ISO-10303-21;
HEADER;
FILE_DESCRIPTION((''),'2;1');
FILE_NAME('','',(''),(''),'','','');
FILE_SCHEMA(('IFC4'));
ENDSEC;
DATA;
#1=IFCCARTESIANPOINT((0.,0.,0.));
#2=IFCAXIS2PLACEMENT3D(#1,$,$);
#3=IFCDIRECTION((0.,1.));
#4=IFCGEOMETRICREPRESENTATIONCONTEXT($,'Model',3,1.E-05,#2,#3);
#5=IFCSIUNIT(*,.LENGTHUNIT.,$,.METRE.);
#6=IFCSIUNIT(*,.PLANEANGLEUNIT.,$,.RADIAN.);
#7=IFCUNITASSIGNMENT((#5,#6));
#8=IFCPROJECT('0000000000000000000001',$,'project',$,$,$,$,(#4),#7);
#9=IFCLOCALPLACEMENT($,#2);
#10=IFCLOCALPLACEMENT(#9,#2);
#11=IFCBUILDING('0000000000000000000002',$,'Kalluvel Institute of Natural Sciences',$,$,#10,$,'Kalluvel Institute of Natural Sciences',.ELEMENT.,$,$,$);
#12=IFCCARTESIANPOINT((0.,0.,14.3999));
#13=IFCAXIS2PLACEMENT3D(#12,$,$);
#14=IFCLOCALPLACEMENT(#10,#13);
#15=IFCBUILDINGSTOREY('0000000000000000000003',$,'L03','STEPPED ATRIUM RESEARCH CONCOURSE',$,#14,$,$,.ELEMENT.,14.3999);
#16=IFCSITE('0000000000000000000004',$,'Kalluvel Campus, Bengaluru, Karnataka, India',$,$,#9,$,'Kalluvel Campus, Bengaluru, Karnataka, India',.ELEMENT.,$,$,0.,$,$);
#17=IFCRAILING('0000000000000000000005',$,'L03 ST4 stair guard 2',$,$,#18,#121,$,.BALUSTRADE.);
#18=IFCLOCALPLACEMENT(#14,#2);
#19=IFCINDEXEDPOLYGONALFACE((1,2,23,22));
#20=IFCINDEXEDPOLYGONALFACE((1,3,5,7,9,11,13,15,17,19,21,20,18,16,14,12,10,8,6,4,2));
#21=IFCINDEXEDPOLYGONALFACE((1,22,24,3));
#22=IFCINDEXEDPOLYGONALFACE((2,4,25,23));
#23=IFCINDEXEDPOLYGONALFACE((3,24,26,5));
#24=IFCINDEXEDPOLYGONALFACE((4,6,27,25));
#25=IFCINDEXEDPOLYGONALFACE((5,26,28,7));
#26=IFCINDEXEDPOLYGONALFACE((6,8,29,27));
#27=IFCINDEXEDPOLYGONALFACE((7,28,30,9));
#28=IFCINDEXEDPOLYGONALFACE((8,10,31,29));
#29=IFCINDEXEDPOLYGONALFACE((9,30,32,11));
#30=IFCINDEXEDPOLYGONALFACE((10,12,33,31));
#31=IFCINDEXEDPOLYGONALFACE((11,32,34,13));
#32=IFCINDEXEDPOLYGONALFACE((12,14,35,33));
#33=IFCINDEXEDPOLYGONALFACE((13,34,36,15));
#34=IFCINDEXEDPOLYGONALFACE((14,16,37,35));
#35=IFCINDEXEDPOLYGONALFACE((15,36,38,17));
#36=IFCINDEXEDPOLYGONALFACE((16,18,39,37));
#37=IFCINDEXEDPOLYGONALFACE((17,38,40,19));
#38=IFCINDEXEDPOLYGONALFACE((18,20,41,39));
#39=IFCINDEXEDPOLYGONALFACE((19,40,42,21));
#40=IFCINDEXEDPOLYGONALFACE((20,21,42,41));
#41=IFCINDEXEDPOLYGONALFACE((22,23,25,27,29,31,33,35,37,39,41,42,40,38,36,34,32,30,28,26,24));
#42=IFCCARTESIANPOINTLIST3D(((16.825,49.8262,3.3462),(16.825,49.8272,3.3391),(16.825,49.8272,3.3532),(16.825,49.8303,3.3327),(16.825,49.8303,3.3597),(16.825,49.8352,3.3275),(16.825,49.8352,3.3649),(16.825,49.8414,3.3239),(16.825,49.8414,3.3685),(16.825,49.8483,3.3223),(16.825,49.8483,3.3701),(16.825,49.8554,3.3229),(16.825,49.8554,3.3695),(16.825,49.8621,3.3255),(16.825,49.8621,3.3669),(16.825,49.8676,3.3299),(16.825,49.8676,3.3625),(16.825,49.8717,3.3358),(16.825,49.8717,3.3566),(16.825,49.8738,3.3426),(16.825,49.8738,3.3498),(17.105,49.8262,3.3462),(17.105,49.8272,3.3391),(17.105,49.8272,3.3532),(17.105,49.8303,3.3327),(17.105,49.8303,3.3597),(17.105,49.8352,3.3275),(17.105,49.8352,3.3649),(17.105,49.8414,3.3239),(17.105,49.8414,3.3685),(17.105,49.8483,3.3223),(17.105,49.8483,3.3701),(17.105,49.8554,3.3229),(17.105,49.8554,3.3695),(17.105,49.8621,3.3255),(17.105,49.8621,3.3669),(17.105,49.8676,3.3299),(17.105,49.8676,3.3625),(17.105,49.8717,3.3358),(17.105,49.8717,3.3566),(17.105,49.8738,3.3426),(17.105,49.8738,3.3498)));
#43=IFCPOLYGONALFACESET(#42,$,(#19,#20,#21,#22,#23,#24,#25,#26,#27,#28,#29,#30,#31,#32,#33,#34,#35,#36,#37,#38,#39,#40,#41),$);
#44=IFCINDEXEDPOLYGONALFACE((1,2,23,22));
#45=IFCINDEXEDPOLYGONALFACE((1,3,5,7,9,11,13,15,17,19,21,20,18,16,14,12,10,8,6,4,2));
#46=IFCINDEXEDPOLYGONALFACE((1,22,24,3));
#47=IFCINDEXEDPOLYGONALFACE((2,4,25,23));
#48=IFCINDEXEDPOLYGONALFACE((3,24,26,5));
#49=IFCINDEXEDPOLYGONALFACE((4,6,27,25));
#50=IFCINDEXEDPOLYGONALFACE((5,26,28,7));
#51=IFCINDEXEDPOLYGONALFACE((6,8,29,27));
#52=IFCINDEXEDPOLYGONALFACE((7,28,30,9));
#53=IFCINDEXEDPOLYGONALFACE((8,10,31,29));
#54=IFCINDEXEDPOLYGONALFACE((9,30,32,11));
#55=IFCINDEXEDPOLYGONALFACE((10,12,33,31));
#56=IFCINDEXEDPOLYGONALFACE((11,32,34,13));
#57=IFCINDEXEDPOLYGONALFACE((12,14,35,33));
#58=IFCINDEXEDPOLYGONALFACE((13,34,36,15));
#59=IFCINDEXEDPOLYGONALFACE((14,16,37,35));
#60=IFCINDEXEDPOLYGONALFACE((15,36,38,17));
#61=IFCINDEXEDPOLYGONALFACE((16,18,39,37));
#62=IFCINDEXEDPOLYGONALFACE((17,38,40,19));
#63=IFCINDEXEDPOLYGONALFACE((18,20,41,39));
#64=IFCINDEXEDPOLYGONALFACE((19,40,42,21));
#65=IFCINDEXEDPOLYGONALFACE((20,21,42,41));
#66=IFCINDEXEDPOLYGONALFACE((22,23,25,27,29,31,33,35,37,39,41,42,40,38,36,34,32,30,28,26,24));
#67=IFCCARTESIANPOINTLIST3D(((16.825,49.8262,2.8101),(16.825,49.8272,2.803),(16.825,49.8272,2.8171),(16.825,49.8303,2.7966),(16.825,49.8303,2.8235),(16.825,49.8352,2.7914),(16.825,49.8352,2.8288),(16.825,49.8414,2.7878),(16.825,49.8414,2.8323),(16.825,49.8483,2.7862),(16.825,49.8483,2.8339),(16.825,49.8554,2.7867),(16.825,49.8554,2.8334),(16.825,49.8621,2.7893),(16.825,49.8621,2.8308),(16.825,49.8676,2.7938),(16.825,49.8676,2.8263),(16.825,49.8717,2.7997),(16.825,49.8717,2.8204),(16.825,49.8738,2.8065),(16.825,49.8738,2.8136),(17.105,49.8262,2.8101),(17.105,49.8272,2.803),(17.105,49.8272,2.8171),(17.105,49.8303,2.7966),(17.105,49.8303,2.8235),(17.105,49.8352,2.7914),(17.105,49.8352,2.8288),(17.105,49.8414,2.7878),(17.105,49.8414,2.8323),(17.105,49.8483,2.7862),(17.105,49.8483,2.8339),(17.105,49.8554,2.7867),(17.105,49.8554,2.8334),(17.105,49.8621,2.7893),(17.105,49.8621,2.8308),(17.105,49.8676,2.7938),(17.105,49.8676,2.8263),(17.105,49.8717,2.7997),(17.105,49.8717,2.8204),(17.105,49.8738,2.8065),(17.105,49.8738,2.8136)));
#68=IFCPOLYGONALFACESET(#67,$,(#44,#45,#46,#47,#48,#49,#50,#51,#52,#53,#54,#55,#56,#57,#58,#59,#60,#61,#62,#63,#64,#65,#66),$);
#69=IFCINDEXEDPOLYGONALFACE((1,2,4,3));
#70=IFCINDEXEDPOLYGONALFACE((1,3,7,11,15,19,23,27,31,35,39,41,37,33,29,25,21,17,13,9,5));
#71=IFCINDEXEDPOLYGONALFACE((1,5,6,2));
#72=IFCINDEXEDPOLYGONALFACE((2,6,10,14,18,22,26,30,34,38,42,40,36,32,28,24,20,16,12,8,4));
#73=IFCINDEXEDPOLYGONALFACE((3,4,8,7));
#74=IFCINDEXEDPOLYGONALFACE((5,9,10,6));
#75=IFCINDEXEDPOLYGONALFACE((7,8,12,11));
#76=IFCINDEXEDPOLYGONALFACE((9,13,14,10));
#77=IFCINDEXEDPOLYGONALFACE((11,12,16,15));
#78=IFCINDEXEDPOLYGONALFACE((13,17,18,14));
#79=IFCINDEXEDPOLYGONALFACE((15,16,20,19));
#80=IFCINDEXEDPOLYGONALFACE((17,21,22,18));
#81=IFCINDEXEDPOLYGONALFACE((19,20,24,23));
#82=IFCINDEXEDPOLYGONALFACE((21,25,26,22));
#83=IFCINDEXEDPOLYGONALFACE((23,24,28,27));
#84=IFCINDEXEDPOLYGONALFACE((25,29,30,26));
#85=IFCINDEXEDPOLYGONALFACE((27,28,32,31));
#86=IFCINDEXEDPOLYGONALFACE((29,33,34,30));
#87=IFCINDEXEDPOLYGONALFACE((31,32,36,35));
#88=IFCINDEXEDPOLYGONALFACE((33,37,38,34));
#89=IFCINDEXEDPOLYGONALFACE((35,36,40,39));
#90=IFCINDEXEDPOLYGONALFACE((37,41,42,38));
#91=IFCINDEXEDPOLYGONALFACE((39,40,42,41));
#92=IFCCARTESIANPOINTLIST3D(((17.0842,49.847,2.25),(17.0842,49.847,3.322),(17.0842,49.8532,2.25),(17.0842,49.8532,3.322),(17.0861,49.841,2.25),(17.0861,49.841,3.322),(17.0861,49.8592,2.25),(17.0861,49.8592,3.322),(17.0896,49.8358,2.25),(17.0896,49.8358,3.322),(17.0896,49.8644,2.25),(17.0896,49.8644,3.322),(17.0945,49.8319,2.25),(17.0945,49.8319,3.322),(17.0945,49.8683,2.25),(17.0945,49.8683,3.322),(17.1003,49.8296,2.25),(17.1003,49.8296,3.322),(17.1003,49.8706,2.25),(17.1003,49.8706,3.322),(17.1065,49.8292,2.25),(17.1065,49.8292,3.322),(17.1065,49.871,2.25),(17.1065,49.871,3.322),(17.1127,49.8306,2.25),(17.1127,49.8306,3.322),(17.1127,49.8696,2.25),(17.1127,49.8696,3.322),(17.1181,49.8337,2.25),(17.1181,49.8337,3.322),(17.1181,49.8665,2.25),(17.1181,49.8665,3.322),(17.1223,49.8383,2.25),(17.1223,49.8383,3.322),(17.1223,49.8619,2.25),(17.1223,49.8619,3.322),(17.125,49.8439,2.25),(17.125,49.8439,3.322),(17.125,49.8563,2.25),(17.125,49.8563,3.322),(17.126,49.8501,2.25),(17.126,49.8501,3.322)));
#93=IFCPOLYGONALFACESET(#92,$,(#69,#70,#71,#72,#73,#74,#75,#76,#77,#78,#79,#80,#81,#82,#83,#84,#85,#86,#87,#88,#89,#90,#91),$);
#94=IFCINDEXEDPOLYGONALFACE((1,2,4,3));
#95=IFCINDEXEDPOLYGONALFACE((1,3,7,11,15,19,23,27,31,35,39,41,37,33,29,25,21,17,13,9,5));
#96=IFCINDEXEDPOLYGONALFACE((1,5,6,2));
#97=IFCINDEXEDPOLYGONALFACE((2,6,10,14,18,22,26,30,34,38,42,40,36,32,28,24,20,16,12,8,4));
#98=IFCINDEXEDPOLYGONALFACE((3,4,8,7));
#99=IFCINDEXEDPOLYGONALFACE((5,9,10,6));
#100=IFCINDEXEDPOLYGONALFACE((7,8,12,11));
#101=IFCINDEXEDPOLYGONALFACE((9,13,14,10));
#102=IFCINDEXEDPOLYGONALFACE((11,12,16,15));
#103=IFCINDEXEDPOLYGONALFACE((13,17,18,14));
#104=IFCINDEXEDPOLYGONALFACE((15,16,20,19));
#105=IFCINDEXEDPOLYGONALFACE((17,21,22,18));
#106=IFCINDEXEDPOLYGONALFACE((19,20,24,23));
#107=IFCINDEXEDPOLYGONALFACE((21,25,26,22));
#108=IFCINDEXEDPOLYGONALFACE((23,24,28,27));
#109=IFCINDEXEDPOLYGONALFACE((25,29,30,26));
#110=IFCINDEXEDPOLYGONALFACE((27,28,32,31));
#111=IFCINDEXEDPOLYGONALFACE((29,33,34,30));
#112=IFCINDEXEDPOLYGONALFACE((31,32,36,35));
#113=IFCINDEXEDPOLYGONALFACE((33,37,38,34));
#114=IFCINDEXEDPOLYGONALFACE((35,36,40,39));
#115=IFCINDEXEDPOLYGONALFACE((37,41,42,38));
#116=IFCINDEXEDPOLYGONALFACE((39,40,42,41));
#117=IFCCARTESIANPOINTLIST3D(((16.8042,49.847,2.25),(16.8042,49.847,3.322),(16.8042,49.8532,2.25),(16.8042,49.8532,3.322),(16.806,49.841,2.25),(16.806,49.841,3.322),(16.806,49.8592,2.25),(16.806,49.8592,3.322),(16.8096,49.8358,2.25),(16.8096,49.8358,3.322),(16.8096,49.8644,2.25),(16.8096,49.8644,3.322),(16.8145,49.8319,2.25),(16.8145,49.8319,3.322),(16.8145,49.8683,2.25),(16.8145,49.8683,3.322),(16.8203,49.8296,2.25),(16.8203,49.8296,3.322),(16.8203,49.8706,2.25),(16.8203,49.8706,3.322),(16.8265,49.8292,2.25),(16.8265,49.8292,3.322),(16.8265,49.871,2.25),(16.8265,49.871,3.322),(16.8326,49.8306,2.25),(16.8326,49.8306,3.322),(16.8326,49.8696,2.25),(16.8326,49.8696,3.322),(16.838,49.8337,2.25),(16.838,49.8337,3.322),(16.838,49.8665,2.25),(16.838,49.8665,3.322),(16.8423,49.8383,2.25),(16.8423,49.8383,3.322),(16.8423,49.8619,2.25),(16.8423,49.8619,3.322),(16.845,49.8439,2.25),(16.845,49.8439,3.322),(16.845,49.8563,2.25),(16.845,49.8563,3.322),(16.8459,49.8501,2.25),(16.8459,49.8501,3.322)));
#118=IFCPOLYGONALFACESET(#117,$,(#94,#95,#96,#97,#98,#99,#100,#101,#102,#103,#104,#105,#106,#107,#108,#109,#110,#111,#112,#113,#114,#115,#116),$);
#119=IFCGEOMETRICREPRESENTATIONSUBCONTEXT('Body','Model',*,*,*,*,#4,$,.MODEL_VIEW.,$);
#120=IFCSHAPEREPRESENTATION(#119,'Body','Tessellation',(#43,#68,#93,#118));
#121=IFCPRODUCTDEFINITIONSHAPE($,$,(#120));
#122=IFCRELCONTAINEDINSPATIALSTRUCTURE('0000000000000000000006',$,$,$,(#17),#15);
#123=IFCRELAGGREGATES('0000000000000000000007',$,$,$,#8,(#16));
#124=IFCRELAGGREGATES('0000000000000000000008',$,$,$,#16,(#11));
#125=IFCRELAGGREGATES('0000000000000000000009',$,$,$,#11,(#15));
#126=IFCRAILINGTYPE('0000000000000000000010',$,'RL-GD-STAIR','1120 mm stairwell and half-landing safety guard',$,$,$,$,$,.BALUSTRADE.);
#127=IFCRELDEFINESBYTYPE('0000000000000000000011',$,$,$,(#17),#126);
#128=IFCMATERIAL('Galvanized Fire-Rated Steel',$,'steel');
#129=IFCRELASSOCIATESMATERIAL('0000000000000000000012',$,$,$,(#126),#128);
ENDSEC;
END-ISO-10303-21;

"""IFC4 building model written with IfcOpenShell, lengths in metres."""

from ifc_helpers import new_model, si_unit, direction, frame, origin, origin_2d, place, context, subcontext, project, spatial, circle, extrude, material, type_object, element, save


model = new_model("IFC4")

# Units and contexts
model_context = context("Model", 3, precision=1e-05, world=origin(), true_north=direction((0.0, 1.0)))
body_context = subcontext(model_context, "Body", "Model", "MODEL_VIEW")
ifc_project = project(units=[si_unit("LENGTHUNIT", "METRE"), si_unit("PLANEANGLEUNIT", "RADIAN")], contexts=[model_context])

# Site, building, storey
site_placement = place(None, origin())
site = spatial("IfcSite", under=ifc_project, at=site_placement, Name="Kalluvel Campus, Bengaluru, Karnataka, India", LongName="Kalluvel Campus, Bengaluru, Karnataka, India", CompositionType="ELEMENT", RefElevation=0.0)
building_placement = place(site_placement, origin())
building = spatial("IfcBuilding", under=site, at=building_placement, Name="Kalluvel Institute of Natural Sciences", LongName="Kalluvel Institute of Natural Sciences", CompositionType="ELEMENT")
storey_placement = place(building_placement, frame((0.0, 0.0, 14.3999)))
storey = spatial("IfcBuildingStorey", under=building, at=storey_placement, Name="L03", Description="STEPPED ATRIUM RESEARCH CONCOURSE", CompositionType="ELEMENT", Elevation=14.3999)

# Shared definitions
ifc_material_1 = material(Name="Galvanized Fire-Rated Steel", Category="steel")

# Railing
railing_type_1 = type_object("IfcRailingType", Name="RL-GD-STAIR", Description="1120 mm stairwell and half-landing safety guard", PredefinedType="BALUSTRADE", material=ifc_material_1)
railing_1_placement = place(storey_placement, frame((17.105, 49.8501, 2.25)))
element("IfcRailing", 1, at=railing_1_placement, inside=storey, type_object=railing_type_1, Name="L03 ST4 stair guard 2", PredefinedType="BALUSTRADE", context=body_context, shape_type="SweptSolid", body=[
    extrude(circle(Radius=0.0239, at=origin_2d()), frame((0.0, 0.0, 1.0962), z_axis=(-1.0, 0.0, 0.0), x_axis=(0.0, -1.0, 0.0)), (0.0, 0.0, 1.0), 0.28),
    extrude(circle(Radius=0.0239, at=origin_2d()), frame((0.0, 0.0, 0.5601), z_axis=(-1.0, 0.0, 0.0), x_axis=(0.0, -1.0, 0.0)), (0.0, 0.0, 1.0), 0.28),
    extrude(circle(Radius=0.021, at=origin_2d()), origin(), (0.0, 0.0, 1.0), 1.072),
    extrude(circle(Radius=0.021, at=origin_2d()), frame((-0.28, 0.0, 0.0)), (0.0, 0.0, 1.0), 1.072),
])

save(model, "model.ifc")
